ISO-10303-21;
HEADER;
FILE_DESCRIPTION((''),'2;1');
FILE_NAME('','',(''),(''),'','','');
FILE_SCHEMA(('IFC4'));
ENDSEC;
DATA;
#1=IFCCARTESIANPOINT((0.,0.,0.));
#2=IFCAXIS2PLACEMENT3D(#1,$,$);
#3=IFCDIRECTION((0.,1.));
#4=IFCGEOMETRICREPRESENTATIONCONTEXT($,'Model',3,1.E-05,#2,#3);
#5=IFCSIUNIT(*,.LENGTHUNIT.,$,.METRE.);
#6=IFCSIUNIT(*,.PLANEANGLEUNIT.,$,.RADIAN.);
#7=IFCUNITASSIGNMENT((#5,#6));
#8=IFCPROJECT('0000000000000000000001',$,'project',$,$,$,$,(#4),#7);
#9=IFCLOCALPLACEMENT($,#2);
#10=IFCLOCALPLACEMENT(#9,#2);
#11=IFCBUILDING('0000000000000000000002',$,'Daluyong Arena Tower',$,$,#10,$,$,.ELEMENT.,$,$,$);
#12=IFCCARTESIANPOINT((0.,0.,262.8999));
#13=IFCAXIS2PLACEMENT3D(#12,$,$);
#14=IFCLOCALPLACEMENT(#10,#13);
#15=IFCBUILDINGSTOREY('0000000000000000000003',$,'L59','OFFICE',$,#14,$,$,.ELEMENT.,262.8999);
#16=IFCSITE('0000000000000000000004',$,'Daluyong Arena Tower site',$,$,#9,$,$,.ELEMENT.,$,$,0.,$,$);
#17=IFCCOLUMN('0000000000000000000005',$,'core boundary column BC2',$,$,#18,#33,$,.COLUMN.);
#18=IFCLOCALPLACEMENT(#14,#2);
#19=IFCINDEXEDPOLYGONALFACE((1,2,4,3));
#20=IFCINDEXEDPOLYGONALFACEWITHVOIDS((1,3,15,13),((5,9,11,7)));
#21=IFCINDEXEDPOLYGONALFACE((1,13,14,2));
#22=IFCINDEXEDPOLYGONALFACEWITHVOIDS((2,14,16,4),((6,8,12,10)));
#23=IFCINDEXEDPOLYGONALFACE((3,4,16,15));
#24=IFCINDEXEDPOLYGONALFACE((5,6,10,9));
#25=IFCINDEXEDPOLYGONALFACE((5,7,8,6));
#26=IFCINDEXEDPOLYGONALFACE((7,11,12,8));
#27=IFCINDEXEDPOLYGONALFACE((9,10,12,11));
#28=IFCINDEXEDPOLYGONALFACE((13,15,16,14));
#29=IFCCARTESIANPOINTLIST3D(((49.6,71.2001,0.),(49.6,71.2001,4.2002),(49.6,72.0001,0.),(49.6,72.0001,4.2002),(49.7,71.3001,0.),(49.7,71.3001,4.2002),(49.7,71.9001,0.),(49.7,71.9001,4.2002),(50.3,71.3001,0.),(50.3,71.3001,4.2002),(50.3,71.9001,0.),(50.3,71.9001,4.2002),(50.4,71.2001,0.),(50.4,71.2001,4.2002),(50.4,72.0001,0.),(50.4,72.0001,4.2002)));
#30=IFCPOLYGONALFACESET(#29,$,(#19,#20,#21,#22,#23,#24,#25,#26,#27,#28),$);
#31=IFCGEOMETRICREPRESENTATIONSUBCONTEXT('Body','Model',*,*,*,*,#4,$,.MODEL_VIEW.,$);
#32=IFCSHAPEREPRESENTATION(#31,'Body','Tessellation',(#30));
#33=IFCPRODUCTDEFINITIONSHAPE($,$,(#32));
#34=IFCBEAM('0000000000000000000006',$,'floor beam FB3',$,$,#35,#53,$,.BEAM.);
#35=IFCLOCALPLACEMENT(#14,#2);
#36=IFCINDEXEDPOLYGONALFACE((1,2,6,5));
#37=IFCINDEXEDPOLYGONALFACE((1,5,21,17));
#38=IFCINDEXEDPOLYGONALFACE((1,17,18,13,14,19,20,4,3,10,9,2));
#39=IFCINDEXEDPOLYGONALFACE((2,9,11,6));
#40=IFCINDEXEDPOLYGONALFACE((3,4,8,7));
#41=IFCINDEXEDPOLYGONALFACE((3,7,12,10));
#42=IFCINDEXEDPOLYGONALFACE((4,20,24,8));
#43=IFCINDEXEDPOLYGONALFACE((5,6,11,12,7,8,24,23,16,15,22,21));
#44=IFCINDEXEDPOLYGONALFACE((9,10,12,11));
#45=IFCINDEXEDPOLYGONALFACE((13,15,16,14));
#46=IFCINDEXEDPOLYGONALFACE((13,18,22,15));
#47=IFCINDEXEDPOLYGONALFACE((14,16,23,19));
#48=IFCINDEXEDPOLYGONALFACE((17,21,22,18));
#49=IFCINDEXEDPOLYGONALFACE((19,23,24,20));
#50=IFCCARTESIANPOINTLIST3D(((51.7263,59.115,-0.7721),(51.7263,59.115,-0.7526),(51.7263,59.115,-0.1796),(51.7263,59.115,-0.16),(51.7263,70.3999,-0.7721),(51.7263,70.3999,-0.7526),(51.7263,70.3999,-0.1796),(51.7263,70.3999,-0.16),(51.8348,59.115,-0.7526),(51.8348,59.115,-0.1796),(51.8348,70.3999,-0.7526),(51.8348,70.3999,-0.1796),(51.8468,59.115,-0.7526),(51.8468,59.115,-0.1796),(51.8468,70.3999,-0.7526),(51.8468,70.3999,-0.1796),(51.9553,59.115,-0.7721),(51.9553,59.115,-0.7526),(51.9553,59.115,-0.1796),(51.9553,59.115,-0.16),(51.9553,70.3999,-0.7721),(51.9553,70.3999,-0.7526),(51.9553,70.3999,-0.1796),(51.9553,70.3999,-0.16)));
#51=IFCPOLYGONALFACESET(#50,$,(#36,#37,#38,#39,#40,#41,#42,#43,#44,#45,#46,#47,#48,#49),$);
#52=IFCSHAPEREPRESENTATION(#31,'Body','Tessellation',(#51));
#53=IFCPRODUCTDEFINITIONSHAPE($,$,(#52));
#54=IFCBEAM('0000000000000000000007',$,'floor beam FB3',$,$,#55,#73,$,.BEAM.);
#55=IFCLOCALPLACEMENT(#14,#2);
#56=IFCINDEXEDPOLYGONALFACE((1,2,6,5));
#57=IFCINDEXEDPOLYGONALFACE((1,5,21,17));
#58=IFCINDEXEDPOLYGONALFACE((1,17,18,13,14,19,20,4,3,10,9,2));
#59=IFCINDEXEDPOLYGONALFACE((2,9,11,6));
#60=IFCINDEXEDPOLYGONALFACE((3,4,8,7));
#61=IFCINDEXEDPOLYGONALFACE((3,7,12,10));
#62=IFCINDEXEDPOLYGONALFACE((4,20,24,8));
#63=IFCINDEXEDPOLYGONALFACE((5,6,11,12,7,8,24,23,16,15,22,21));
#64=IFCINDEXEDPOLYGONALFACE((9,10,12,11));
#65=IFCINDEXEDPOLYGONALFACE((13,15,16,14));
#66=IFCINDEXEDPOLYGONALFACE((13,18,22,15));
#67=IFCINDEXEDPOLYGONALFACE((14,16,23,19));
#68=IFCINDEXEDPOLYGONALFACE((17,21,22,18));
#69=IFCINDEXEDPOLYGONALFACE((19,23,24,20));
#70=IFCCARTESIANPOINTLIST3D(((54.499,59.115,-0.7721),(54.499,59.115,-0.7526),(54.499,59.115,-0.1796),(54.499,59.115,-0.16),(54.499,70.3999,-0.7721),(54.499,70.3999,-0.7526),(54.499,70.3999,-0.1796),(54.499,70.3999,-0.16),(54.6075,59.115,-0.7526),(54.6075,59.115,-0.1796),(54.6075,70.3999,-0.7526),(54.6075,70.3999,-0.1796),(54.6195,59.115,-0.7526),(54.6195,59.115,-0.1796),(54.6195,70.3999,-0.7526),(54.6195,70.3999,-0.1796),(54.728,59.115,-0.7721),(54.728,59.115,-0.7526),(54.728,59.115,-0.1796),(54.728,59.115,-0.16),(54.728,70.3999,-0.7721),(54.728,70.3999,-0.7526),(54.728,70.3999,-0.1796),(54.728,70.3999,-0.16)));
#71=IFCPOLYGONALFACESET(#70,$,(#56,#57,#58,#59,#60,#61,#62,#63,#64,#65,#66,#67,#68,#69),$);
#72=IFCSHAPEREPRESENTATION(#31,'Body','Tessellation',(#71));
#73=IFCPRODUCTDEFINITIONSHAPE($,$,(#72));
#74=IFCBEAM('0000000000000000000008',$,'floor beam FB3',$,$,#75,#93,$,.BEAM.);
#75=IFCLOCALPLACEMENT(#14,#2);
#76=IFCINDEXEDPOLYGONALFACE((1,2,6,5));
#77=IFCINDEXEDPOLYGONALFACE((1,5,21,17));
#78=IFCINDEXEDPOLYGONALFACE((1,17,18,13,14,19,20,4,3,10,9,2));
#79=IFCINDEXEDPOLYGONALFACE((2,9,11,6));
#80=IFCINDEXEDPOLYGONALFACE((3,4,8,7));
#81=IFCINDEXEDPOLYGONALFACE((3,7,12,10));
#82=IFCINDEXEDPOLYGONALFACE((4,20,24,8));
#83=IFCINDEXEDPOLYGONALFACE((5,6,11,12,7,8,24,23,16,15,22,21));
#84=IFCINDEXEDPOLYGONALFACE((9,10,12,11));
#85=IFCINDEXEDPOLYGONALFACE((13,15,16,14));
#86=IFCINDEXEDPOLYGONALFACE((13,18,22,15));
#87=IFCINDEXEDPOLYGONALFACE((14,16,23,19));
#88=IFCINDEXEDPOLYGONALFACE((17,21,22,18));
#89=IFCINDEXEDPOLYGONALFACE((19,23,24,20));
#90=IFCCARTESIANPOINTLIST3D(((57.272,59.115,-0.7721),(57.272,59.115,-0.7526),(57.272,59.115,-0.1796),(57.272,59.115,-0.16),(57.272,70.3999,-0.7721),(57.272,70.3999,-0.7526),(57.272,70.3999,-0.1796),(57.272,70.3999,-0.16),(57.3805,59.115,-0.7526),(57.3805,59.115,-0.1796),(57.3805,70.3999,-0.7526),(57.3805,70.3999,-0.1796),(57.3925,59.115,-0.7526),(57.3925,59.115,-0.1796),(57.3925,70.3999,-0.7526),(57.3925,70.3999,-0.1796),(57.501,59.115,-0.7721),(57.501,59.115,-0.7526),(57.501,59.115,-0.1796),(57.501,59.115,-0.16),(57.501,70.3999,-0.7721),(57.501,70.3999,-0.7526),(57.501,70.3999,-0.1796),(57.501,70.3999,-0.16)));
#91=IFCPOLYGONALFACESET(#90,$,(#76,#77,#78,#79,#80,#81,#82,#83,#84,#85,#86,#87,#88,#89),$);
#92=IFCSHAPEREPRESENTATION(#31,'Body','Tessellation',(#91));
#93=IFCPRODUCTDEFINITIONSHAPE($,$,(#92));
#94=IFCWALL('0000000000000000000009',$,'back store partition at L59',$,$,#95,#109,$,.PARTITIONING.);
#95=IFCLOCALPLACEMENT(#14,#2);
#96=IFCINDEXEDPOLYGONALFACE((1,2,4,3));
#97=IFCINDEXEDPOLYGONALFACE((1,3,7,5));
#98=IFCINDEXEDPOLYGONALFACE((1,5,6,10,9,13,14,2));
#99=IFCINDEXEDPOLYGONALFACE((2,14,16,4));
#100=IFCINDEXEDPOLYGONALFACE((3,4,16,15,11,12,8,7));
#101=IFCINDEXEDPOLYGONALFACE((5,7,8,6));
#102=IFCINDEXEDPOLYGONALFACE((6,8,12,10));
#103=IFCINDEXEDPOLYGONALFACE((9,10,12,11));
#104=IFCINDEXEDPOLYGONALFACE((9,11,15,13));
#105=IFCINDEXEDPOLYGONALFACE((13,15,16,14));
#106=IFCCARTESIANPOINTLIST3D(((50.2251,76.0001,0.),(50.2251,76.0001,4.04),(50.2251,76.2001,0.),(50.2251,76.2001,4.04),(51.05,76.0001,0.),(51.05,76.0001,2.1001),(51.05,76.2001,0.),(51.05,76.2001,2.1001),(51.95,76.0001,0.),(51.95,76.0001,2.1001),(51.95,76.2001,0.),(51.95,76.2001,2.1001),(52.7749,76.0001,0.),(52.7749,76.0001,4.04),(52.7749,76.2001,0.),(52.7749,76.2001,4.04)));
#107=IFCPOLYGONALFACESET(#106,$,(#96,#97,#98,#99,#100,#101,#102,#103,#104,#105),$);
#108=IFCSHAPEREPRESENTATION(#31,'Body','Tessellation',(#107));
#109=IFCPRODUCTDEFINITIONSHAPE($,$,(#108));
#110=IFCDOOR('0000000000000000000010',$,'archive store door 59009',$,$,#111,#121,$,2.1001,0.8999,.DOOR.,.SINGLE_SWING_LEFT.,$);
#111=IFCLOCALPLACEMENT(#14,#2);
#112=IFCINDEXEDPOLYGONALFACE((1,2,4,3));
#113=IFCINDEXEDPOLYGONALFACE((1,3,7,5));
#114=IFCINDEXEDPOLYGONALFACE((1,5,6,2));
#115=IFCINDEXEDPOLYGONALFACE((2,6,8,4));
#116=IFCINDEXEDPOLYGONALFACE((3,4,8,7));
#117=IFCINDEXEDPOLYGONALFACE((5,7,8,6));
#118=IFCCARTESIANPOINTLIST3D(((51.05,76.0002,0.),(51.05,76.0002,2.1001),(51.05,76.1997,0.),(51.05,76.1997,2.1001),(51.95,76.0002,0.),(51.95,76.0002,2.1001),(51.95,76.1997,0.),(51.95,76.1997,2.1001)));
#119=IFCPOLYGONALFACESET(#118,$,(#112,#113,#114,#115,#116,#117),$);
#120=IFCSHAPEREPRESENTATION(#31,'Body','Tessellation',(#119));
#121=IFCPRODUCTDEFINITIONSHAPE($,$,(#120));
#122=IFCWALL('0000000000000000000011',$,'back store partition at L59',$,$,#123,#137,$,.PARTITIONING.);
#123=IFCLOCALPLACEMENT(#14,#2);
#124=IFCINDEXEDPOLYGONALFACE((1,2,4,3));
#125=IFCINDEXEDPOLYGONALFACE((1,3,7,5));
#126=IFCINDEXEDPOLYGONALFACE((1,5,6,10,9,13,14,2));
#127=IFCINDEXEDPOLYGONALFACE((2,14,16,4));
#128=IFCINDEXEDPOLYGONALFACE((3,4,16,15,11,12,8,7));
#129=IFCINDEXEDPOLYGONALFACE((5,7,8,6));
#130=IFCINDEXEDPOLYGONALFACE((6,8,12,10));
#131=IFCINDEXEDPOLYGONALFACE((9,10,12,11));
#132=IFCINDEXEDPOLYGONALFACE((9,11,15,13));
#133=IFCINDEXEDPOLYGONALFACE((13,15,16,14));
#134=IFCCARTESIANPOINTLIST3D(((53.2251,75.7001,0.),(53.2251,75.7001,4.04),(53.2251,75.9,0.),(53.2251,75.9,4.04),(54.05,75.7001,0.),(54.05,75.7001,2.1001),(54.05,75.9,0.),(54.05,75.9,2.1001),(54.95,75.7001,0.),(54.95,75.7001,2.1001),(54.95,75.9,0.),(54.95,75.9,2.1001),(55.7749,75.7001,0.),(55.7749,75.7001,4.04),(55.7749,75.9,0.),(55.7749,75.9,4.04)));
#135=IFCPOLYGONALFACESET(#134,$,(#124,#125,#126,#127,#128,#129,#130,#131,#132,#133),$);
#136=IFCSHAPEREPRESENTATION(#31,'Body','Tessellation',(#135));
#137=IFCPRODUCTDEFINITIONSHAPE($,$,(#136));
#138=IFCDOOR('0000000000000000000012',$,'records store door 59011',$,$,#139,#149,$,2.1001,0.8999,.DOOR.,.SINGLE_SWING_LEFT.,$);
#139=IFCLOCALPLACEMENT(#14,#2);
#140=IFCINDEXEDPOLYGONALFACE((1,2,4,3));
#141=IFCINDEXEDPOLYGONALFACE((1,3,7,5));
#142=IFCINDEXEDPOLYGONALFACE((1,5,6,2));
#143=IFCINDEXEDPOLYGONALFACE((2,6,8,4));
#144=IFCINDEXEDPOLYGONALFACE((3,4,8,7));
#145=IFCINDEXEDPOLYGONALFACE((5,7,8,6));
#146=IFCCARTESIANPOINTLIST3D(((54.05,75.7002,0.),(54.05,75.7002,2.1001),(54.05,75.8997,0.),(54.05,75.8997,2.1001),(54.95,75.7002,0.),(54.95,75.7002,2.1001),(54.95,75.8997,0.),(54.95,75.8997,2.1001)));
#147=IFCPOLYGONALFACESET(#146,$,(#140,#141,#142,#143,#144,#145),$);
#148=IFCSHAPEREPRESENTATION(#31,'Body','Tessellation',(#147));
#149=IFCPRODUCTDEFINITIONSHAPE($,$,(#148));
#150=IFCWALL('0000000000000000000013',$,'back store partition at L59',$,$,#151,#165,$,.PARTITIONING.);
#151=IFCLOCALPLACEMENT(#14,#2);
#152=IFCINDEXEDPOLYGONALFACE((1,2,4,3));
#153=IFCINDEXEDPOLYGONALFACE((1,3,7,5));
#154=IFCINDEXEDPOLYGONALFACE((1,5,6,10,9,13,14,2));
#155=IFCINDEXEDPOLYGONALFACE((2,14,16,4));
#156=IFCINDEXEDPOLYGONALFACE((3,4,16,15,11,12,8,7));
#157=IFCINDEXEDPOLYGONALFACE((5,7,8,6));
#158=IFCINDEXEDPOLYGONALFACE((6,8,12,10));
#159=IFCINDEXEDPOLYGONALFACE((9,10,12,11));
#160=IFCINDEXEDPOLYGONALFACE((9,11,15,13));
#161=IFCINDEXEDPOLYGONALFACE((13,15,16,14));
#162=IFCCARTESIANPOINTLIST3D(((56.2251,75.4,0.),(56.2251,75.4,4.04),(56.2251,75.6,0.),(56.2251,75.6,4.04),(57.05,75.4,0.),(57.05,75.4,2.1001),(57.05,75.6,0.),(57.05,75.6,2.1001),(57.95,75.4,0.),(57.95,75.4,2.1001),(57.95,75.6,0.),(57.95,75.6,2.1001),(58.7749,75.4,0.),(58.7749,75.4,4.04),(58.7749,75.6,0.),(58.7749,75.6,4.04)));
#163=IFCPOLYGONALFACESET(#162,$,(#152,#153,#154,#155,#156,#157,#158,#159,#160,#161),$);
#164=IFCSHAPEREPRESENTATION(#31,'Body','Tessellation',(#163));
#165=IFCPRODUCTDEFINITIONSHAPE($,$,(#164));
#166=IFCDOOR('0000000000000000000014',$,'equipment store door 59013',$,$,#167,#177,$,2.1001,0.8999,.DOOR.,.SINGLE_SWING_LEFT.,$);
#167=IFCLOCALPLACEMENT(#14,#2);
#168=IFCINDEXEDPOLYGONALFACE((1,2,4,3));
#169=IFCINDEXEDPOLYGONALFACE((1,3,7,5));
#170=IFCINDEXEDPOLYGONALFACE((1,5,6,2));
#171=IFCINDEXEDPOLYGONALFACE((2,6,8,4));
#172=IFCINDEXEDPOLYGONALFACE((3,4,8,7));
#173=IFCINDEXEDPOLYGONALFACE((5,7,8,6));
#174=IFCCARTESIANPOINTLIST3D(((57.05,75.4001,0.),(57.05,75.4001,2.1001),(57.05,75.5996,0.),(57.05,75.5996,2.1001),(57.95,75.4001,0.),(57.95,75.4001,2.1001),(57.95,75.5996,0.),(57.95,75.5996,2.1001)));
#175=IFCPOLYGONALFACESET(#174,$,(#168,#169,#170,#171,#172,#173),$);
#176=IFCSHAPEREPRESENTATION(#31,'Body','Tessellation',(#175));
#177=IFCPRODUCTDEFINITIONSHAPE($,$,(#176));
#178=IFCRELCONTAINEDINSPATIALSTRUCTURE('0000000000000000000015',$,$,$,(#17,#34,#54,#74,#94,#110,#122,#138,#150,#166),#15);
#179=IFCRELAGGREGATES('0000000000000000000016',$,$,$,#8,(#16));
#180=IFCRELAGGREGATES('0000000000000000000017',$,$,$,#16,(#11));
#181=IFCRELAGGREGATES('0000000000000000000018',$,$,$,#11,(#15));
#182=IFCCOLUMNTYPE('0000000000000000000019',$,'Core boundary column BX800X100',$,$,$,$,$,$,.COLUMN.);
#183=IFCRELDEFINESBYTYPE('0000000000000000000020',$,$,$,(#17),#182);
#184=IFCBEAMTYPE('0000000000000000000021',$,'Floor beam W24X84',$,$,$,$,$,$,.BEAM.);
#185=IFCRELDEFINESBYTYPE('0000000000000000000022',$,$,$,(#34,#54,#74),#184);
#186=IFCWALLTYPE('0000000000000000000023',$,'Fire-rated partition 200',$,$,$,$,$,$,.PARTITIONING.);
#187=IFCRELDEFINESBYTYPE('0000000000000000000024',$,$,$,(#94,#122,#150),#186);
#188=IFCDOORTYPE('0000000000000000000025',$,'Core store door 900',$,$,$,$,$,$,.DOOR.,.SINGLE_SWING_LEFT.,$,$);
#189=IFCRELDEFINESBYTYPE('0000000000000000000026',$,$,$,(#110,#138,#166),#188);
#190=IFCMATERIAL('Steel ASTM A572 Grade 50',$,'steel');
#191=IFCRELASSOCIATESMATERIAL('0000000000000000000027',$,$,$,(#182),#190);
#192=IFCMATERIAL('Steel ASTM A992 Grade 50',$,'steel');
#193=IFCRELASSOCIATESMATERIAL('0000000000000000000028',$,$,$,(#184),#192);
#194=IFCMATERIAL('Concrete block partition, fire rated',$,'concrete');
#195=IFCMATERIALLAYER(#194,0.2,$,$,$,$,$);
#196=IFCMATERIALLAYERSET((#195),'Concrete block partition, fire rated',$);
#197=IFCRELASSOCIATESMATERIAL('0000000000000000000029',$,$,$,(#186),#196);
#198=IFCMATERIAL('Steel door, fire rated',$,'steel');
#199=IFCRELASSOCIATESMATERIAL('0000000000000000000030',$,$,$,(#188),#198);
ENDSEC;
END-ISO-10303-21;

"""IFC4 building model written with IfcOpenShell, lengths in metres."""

from ifc_helpers import new_model, si_unit, direction, frame, frame_2d, origin, origin_2d, place, context, subcontext, project, spatial, rectangle, hollow_rectangle, i_section, extrude, material, layer, layer_set, material_profile, profile_set, type_object, element, fill, save


model = new_model("IFC4")

# Units and contexts
model_context = context("Model", 3, precision=1e-05, world=origin(), true_north=direction((0.0, 1.0)))
body_context = subcontext(model_context, "Body", "Model", "MODEL_VIEW")
ifc_project = project(units=[si_unit("LENGTHUNIT", "METRE"), si_unit("PLANEANGLEUNIT", "RADIAN")], contexts=[model_context])

# Site, building, storey
site_placement = place(None, origin())
site = spatial("IfcSite", under=ifc_project, at=site_placement, Name="Daluyong Arena Tower site", CompositionType="ELEMENT", RefElevation=0.0)
building_placement = place(site_placement, origin())
building = spatial("IfcBuilding", under=site, at=building_placement, Name="Daluyong Arena Tower", CompositionType="ELEMENT")
storey_placement = place(building_placement, frame((0.0, 0.0, 262.8999)))
storey = spatial("IfcBuildingStorey", under=building, at=storey_placement, Name="L59", Description="OFFICE", CompositionType="ELEMENT", Elevation=262.8999)

# Column
ifc_material_1 = material(Name="Steel ASTM A572 Grade 50", Category="steel")
ifc_material_profile_1 = material_profile(ifc_material_1, hollow_rectangle(XDim=0.8, YDim=0.8, WallThickness=0.1, at=origin_2d()))
ifc_profile_set_1 = profile_set([ifc_material_profile_1], Name="Steel ASTM A572 Grade 50")
column_type = type_object("IfcColumnType", Name="Core boundary column BX800X100", PredefinedType="COLUMN", material=ifc_profile_set_1)
column_placement = place(storey_placement, frame((50.0, 71.6001, 0.0), z_axis=(0.0, 0.0, 1.0), x_axis=(1.0, 0.0, 0.0)))
element("IfcColumn", 1, at=column_placement, inside=storey, type_object=column_type, Name="core boundary column BC2", PredefinedType="COLUMN", context=body_context, shape_type="SweptSolid", body=[
    extrude(hollow_rectangle(XDim=0.8, YDim=0.8, WallThickness=0.1, at=origin_2d()), origin(), (0.0, 0.0, 1.0), 4.2002),
])

# Beams
ifc_material_2 = material(Name="Steel ASTM A992 Grade 50", Category="steel")
ifc_material_profile_2 = material_profile(ifc_material_2, i_section(OverallWidth=0.229, OverallDepth=0.6121, WebThickness=0.012, FlangeThickness=0.0195, at=origin_2d()))
ifc_profile_set_2 = profile_set([ifc_material_profile_2], Name="Steel ASTM A992 Grade 50")
beam_type = type_object("IfcBeamType", Name="Floor beam W24X84", PredefinedType="BEAM", material=ifc_profile_set_2)
for number, where, z_axis, x_axis, name in (
    (2, (51.8408, 59.115, -0.4661), (0.0, 1.0, 0.0), (-1.0, 0.0, 0.0), "floor beam FB3"),
    (3, (54.6135, 59.115, -0.4661), (0.0, 1.0, 0.0), (-1.0, 0.0, 0.0), "floor beam FB3"),
    (4, (57.3865, 59.115, -0.4661), (0.0, 1.0, 0.0), (-1.0, 0.0, 0.0), "floor beam FB3"),
):
    element("IfcBeam", number, at=place(storey_placement, frame(where, z_axis=z_axis, x_axis=x_axis)), inside=storey, type_object=beam_type, Name=name, PredefinedType="BEAM", context=body_context, shape_type="SweptSolid", body=[
        extrude(i_section(OverallWidth=0.229, OverallDepth=0.6121, WebThickness=0.012, FlangeThickness=0.0195, at=origin_2d()), origin(), (0.0, 0.0, 1.0), 11.2849),
    ])

# Walls, openings, doors
ifc_material_3 = material(Name="Concrete block partition, fire rated", Category="concrete")
ifc_layer_1 = layer(ifc_material_3, 0.2)
ifc_layer_set_1 = layer_set([ifc_layer_1], Name="Concrete block partition, fire rated")
wall_type_1 = type_object("IfcWallType", Name="Fire-rated partition 200", PredefinedType="PARTITIONING", material=ifc_layer_set_1)
wall_1_placement = place(storey_placement, frame((50.2251, 76.1001, 0.0), z_axis=(0.0, 0.0, 1.0), x_axis=(1.0, 0.0, 0.0)))
wall_1 = element("IfcWall", 5, at=wall_1_placement, inside=storey, type_object=wall_type_1, Name="back store partition at L59", PredefinedType="PARTITIONING", context=body_context, shape_type="SweptSolid", body=[
    extrude(rectangle(XDim=2.5498, YDim=0.2, at=frame_2d((1.2749, 0.0))), origin(), (0.0, 0.0, 1.0), 4.04),
])
opening_1_placement = place(wall_1_placement, frame((0.825, 0.0, 0.0)))
opening_1 = element("IfcOpeningElement", 6, at=opening_1_placement, cuts=wall_1, PredefinedType="OPENING", context=body_context, shape_type="SweptSolid", body=[
    extrude(rectangle(XDim=0.8999, YDim=2.1001, at=frame_2d((0.45, 1.05))), frame((0.0, 0.1099, 0.0), z_axis=(0.0, -1.0, 0.0), x_axis=(1.0, 0.0, 0.0)), (0.0, 0.0, 1.0), 0.22),
])
ifc_material_4 = material(Name="Steel door, fire rated", Category="steel")
door_type_1 = type_object("IfcDoorType", Name="Core store door 900", OperationType="SINGLE_SWING_LEFT", PredefinedType="DOOR", material=ifc_material_4)
door_1_placement = place(opening_1_placement, origin())
door_1 = element("IfcDoor", 7, at=door_1_placement, inside=storey, type_object=door_type_1, Name="archive store door 59009", OperationType="SINGLE_SWING_LEFT", OverallHeight=2.1001, OverallWidth=0.8999, PredefinedType="DOOR", context=body_context, shape_type="SweptSolid", body=[
    extrude(rectangle(XDim=0.8999, YDim=2.1001, at=frame_2d((0.45, 1.05))), frame((0.0, 0.0996, 0.0), z_axis=(0.0, -1.0, 0.0), x_axis=(1.0, 0.0, 0.0)), (0.0, 0.0, 1.0), 0.1995),
])
fill(opening_1, door_1)
wall_2_placement = place(storey_placement, frame((53.2251, 75.8, 0.0), z_axis=(0.0, 0.0, 1.0), x_axis=(1.0, 0.0, 0.0)))
wall_2 = element("IfcWall", 8, at=wall_2_placement, inside=storey, type_object=wall_type_1, Name="back store partition at L59", PredefinedType="PARTITIONING", context=body_context, shape_type="SweptSolid", body=[
    extrude(rectangle(XDim=2.5498, YDim=0.2, at=frame_2d((1.2749, 0.0))), origin(), (0.0, 0.0, 1.0), 4.04),
])
opening_2_placement = place(wall_2_placement, frame((0.825, 0.0, 0.0)))
opening_2 = element("IfcOpeningElement", 9, at=opening_2_placement, cuts=wall_2, PredefinedType="OPENING", context=body_context, shape_type="SweptSolid", body=[
    extrude(rectangle(XDim=0.8999, YDim=2.1001, at=frame_2d((0.45, 1.05))), frame((0.0, 0.1099, 0.0), z_axis=(0.0, -1.0, 0.0), x_axis=(1.0, 0.0, 0.0)), (0.0, 0.0, 1.0), 0.22),
])
door_2_placement = place(opening_2_placement, origin())
door_2 = element("IfcDoor", 10, at=door_2_placement, inside=storey, type_object=door_type_1, Name="records store door 59011", OperationType="SINGLE_SWING_LEFT", OverallHeight=2.1001, OverallWidth=0.8999, PredefinedType="DOOR", context=body_context, shape_type="SweptSolid", body=[
    extrude(rectangle(XDim=0.8999, YDim=2.1001, at=frame_2d((0.45, 1.05))), frame((0.0, 0.0996, 0.0), z_axis=(0.0, -1.0, 0.0), x_axis=(1.0, 0.0, 0.0)), (0.0, 0.0, 1.0), 0.1995),
])
fill(opening_2, door_2)
wall_3_placement = place(storey_placement, frame((56.2251, 75.5, 0.0), z_axis=(0.0, 0.0, 1.0), x_axis=(1.0, 0.0, 0.0)))
wall_3 = element("IfcWall", 11, at=wall_3_placement, inside=storey, type_object=wall_type_1, Name="back store partition at L59", PredefinedType="PARTITIONING", context=body_context, shape_type="SweptSolid", body=[
    extrude(rectangle(XDim=2.5498, YDim=0.2, at=frame_2d((1.2749, 0.0))), origin(), (0.0, 0.0, 1.0), 4.04),
])
opening_3_placement = place(wall_3_placement, frame((0.825, 0.0, 0.0)))
opening_3 = element("IfcOpeningElement", 12, at=opening_3_placement, cuts=wall_3, PredefinedType="OPENING", context=body_context, shape_type="SweptSolid", body=[
    extrude(rectangle(XDim=0.8999, YDim=2.1001, at=frame_2d((0.45, 1.05))), frame((0.0, 0.1099, 0.0), z_axis=(0.0, -1.0, 0.0), x_axis=(1.0, 0.0, 0.0)), (0.0, 0.0, 1.0), 0.22),
])
door_3_placement = place(opening_3_placement, origin())
door_3 = element("IfcDoor", 13, at=door_3_placement, inside=storey, type_object=door_type_1, Name="equipment store door 59013", OperationType="SINGLE_SWING_LEFT", OverallHeight=2.1001, OverallWidth=0.8999, PredefinedType="DOOR", context=body_context, shape_type="SweptSolid", body=[
    extrude(rectangle(XDim=0.8999, YDim=2.1001, at=frame_2d((0.45, 1.05))), frame((0.0, 0.0996, 0.0), z_axis=(0.0, -1.0, 0.0), x_axis=(1.0, 0.0, 0.0)), (0.0, 0.0, 1.0), 0.1995),
])
fill(opening_3, door_3)

save(model, "model.ifc")
